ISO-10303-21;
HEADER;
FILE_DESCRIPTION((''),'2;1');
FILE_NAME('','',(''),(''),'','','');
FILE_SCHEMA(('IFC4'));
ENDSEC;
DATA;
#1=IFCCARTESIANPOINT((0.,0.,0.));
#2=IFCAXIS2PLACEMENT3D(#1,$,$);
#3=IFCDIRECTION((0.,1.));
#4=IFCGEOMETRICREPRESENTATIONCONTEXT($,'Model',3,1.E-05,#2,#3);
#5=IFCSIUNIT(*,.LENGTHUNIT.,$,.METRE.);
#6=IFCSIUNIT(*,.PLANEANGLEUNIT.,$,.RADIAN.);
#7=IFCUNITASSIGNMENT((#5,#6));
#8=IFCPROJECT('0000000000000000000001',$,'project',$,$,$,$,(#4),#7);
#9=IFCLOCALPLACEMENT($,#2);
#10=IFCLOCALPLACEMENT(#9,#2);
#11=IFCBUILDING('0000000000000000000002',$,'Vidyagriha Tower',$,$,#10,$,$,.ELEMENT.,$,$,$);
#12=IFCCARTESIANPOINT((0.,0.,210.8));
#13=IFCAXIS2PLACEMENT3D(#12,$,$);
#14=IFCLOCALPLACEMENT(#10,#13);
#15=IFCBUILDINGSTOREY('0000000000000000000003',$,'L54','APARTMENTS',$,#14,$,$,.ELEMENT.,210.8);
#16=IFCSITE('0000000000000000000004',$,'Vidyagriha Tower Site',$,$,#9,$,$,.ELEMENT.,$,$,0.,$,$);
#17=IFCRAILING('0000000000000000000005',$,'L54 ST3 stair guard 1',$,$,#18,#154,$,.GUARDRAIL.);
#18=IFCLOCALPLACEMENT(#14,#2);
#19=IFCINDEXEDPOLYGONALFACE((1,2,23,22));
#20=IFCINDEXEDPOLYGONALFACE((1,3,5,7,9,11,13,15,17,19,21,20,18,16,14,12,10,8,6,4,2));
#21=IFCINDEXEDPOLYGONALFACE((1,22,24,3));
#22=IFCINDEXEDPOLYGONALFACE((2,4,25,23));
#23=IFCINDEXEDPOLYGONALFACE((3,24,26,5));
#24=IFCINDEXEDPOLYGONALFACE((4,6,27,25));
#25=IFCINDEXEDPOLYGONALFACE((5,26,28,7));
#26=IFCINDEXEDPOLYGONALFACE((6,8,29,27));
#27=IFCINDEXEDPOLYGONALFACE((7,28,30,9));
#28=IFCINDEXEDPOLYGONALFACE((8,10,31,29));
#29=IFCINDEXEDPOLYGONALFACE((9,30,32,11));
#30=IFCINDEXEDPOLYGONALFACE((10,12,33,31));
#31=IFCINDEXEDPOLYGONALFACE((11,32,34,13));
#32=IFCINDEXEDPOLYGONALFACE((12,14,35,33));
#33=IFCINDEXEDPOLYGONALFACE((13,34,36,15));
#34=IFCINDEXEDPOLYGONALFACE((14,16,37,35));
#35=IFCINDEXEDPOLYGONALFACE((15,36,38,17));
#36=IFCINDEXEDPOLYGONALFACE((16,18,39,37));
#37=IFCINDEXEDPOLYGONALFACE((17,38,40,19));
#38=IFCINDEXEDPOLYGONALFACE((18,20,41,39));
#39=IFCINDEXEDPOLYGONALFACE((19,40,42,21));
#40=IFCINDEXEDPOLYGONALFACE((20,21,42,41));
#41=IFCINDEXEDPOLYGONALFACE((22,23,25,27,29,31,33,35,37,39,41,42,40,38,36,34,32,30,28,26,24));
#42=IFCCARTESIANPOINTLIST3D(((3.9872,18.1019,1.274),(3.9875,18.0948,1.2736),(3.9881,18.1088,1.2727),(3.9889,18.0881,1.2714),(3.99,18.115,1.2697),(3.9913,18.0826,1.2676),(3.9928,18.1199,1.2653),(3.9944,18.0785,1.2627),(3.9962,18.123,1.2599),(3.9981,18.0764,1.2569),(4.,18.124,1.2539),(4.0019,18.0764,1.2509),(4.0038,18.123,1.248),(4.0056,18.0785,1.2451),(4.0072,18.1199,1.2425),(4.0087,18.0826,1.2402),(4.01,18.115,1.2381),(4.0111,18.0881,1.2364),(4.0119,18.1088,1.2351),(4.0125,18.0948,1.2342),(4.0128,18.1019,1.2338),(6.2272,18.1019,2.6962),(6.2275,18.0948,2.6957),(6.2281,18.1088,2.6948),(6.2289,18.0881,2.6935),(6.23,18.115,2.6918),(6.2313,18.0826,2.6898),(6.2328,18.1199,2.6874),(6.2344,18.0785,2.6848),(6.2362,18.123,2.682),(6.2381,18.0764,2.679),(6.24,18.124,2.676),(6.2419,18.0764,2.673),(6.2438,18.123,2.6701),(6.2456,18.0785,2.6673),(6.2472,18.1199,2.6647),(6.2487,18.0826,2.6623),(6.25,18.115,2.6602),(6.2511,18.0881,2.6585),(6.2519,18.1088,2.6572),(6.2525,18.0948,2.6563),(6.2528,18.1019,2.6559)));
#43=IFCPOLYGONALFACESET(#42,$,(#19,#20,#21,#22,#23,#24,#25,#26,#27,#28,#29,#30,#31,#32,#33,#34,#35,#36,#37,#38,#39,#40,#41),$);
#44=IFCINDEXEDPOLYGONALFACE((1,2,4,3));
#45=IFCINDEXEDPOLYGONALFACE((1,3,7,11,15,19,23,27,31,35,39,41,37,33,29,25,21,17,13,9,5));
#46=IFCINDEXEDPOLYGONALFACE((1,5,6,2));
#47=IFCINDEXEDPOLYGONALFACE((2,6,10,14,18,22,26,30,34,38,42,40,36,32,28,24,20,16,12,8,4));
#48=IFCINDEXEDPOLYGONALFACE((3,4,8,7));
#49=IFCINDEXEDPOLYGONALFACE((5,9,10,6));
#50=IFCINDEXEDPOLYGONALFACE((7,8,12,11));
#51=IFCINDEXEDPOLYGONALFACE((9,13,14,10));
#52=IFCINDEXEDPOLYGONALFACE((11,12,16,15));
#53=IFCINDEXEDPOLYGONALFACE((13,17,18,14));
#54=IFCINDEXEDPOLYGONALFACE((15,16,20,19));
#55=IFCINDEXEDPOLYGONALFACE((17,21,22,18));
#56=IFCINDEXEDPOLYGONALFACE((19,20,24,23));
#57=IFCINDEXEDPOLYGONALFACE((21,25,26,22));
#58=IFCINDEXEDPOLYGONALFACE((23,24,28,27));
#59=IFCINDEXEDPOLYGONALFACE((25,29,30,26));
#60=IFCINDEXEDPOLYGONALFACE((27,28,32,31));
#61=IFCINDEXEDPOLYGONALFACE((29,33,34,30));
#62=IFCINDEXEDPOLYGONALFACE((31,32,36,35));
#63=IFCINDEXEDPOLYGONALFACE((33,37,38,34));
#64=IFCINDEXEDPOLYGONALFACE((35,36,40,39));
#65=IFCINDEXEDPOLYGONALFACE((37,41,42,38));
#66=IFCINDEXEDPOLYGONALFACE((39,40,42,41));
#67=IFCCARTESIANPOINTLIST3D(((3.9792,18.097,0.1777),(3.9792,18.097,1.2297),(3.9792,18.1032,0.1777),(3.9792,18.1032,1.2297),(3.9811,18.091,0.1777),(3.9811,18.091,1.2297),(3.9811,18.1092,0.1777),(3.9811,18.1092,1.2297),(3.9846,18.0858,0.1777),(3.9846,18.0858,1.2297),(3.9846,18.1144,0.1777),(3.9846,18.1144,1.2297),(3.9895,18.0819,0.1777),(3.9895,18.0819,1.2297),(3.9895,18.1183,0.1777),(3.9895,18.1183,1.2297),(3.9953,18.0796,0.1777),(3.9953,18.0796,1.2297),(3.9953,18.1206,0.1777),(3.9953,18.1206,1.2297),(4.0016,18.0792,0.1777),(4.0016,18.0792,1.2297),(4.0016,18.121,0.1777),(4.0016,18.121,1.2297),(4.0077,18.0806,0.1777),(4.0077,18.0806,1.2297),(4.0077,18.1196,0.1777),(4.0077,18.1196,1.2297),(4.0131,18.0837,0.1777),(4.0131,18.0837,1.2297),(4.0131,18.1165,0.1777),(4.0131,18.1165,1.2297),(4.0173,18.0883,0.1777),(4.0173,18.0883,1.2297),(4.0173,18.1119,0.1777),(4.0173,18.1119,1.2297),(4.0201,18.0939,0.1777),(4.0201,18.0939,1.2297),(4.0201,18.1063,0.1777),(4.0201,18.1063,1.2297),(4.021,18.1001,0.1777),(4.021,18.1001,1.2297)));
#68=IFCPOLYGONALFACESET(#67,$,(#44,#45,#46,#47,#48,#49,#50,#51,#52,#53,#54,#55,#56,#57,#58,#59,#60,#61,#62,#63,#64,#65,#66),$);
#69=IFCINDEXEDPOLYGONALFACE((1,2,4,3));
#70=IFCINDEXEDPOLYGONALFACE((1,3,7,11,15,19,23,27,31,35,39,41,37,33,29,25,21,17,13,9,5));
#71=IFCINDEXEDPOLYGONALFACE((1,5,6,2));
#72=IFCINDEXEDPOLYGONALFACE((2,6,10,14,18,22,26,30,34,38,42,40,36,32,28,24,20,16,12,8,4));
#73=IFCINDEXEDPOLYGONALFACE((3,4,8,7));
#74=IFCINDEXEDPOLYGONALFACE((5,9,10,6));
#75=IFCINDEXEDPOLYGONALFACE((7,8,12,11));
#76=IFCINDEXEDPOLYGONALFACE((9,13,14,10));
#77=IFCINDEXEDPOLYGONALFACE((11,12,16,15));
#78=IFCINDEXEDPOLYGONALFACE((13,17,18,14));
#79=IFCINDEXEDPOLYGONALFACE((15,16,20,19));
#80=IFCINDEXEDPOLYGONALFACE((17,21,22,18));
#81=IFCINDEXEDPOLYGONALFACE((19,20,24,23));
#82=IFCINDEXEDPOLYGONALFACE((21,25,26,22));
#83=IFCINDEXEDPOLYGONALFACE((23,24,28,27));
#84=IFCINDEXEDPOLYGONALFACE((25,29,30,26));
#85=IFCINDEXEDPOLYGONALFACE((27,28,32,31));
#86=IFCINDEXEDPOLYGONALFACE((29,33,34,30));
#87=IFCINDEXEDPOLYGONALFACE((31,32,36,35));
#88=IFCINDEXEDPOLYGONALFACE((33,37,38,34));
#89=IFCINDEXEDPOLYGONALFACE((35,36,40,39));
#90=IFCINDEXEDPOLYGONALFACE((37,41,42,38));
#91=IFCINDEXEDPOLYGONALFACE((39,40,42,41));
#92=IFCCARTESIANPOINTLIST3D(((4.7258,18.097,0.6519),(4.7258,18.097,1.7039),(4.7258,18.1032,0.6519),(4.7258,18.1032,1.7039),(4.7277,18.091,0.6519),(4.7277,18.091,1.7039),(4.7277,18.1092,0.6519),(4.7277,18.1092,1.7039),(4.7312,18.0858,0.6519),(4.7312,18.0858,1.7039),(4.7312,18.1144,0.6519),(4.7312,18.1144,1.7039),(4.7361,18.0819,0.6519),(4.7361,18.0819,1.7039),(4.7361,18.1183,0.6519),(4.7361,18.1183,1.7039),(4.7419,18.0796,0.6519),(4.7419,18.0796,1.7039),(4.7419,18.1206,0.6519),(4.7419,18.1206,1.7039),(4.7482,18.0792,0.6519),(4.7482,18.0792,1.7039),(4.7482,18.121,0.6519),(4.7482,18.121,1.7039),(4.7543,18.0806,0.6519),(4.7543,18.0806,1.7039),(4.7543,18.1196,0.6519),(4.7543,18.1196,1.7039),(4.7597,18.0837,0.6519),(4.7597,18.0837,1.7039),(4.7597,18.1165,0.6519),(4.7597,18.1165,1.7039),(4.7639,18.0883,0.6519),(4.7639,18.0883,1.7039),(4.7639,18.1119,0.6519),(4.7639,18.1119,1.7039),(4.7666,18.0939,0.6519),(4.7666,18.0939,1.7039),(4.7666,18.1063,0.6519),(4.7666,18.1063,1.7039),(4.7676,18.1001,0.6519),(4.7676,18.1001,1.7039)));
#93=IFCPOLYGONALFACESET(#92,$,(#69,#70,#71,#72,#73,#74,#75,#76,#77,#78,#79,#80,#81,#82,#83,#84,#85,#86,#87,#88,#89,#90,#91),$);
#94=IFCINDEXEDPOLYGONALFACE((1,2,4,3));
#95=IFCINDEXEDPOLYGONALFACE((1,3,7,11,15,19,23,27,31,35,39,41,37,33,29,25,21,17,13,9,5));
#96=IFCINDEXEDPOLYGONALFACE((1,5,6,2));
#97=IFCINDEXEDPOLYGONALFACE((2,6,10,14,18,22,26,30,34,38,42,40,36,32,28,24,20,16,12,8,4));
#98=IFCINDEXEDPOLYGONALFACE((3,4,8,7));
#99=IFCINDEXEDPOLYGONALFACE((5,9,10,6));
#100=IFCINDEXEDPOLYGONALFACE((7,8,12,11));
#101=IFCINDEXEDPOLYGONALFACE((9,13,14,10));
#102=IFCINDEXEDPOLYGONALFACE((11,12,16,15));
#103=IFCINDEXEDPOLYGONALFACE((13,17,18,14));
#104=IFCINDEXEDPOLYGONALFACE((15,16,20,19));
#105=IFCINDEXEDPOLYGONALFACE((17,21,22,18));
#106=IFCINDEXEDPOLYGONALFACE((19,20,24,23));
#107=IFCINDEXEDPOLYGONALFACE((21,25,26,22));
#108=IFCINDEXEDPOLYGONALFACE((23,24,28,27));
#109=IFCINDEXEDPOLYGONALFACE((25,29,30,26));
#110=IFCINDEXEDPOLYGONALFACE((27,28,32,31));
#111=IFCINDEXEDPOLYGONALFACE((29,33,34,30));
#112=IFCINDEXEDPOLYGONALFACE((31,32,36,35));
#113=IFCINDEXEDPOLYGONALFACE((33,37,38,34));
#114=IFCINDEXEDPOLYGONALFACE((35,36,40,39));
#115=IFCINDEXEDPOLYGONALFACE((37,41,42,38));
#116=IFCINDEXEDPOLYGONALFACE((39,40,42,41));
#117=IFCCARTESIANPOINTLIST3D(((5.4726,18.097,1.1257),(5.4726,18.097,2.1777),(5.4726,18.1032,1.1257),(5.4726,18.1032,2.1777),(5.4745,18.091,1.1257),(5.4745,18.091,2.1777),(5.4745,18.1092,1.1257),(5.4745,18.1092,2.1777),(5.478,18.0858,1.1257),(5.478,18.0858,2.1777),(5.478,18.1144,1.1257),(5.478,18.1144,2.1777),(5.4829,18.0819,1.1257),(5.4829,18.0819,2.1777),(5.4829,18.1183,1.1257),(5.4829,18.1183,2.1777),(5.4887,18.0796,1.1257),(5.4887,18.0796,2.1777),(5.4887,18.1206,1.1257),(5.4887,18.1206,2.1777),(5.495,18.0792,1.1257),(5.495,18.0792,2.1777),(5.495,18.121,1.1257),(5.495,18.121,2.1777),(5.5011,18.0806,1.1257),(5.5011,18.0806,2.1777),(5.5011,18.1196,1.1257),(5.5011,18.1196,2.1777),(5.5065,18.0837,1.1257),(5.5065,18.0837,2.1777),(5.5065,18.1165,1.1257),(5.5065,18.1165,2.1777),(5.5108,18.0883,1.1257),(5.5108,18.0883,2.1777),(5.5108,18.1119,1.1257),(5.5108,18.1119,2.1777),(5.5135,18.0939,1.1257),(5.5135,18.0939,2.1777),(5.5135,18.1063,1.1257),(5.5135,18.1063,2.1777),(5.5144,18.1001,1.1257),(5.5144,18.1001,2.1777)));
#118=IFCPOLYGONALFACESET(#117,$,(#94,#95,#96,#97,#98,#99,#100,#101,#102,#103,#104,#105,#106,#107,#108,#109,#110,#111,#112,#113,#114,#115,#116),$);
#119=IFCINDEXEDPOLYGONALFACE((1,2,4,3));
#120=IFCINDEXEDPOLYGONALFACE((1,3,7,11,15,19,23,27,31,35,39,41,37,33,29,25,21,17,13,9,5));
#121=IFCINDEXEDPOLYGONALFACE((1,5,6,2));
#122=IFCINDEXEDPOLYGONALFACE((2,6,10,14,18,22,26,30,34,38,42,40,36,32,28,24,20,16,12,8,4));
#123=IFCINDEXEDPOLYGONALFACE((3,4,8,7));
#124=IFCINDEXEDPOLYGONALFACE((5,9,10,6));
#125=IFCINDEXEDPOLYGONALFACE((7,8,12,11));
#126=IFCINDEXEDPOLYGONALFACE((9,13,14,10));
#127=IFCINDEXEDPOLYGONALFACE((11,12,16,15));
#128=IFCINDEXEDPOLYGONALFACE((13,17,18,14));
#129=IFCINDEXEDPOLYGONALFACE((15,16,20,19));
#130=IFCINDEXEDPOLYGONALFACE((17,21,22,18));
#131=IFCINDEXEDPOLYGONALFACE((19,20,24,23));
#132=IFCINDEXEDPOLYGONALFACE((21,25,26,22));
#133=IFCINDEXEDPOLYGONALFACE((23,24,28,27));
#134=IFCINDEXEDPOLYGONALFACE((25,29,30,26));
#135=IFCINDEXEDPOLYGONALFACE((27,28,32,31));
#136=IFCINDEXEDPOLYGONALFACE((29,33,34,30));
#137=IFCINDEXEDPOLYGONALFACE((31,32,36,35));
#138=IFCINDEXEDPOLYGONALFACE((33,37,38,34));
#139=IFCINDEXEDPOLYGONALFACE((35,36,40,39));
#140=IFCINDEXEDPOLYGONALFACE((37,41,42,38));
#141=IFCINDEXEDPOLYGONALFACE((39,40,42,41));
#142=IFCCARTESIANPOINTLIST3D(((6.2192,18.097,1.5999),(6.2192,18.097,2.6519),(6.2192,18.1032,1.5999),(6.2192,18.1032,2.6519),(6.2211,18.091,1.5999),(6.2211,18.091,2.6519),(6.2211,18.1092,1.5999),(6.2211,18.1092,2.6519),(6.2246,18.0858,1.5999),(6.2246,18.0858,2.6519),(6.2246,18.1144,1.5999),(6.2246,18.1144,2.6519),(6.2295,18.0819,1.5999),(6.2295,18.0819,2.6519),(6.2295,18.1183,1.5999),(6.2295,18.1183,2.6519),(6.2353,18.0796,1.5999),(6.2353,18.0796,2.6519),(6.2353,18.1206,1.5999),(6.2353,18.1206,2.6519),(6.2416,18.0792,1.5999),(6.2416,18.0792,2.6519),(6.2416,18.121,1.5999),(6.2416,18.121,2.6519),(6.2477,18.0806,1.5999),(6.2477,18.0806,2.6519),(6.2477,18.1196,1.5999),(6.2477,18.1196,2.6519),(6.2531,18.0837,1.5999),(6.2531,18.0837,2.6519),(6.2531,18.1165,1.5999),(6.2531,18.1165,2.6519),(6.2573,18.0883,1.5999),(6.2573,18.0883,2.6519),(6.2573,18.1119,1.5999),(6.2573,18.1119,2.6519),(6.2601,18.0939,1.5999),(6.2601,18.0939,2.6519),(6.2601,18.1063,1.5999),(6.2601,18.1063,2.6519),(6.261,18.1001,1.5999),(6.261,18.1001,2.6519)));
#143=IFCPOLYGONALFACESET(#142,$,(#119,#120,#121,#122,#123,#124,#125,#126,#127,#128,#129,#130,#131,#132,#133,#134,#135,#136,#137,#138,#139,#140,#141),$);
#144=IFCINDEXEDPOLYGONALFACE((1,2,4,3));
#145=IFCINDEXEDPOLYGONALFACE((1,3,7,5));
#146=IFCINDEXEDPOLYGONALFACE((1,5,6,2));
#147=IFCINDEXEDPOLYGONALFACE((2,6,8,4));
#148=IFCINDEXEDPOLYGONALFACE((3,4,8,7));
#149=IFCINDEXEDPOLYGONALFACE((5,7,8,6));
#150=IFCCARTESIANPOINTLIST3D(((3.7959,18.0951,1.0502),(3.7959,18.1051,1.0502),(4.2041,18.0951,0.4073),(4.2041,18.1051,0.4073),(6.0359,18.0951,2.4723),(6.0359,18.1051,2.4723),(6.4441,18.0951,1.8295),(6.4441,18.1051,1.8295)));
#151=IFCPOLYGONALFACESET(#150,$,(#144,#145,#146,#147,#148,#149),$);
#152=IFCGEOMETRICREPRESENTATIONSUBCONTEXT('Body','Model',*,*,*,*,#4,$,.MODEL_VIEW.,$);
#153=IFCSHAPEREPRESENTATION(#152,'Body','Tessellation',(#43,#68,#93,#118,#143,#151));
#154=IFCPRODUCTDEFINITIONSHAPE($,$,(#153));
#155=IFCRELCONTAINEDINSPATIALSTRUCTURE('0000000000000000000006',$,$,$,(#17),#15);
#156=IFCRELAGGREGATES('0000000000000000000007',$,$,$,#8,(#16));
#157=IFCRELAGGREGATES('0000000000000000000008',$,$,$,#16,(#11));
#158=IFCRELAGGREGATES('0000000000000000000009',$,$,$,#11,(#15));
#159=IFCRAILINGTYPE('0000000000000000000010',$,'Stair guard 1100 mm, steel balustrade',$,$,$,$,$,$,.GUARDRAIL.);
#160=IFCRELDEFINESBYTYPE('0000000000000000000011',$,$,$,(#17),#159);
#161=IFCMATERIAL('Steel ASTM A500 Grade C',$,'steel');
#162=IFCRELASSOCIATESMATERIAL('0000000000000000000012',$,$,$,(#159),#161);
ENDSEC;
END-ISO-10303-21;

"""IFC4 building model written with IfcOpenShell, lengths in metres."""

from ifc_helpers import new_model, si_unit, direction, frame, origin, origin_2d, place, context, subcontext, project, spatial, rectangle, circle, extrude, material, type_object, element, save


model = new_model("IFC4")

# Units and contexts
model_context = context("Model", 3, precision=1e-05, world=origin(), true_north=direction((0.0, 1.0)))
body_context = subcontext(model_context, "Body", "Model", "MODEL_VIEW")
ifc_project = project(units=[si_unit("LENGTHUNIT", "METRE"), si_unit("PLANEANGLEUNIT", "RADIAN")], contexts=[model_context])

# Site, building, storey
site_placement = place(None, origin())
site = spatial("IfcSite", under=ifc_project, at=site_placement, Name="Vidyagriha Tower Site", CompositionType="ELEMENT", RefElevation=0.0)
building_placement = place(site_placement, origin())
building = spatial("IfcBuilding", under=site, at=building_placement, Name="Vidyagriha Tower", CompositionType="ELEMENT")
storey_placement = place(building_placement, frame((0.0, 0.0, 210.8)))
storey = spatial("IfcBuildingStorey", under=building, at=storey_placement, Name="L54", Description="APARTMENTS", CompositionType="ELEMENT", Elevation=210.8)

# Railing
ifc_material_1 = material(Name="Steel ASTM A500 Grade C", Category="steel")
railing_type_1 = type_object("IfcRailingType", Name="Stair guard 1100 mm, steel balustrade", PredefinedType="GUARDRAIL", material=ifc_material_1)
railing_1_placement = place(storey_placement, frame((4.0, 18.1001, 0.1777)))
element("IfcRailing", 1, at=railing_1_placement, inside=storey, type_object=railing_type_1, Name="L54 ST3 stair guard 1", PredefinedType="GUARDRAIL", context=body_context, shape_type="SweptSolid", body=[
    extrude(circle(Radius=0.0239, at=origin_2d()), frame((0.0, 0.0, 1.0762), z_axis=(0.844229, 0.0, 0.535982), x_axis=(0.0, 1.0, 0.0)), (0.0, 0.0, 1.0), 2.6533),
    extrude(circle(Radius=0.021, at=origin_2d()), origin(), (0.0, 0.0, 1.0), 1.052),
    extrude(circle(Radius=0.021, at=origin_2d()), frame((0.7466, 0.0, 0.4741)), (0.0, 0.0, 1.0), 1.052),
    extrude(circle(Radius=0.021, at=origin_2d()), frame((1.4934, 0.0, 0.948)), (0.0, 0.0, 1.0), 1.052),
    extrude(circle(Radius=0.021, at=origin_2d()), frame((2.24, 0.0, 1.4221)), (0.0, 0.0, 1.0), 1.052),
    extrude(rectangle(XDim=0.01, YDim=0.7615, at=origin_2d()), frame((0.0, 0.0, 0.551), z_axis=(0.844229, 0.0, 0.535982), x_axis=(0.0, 1.0, 0.0)), (0.0, 0.0, 1.0), 2.6533),
])

save(model, "model.ifc")
